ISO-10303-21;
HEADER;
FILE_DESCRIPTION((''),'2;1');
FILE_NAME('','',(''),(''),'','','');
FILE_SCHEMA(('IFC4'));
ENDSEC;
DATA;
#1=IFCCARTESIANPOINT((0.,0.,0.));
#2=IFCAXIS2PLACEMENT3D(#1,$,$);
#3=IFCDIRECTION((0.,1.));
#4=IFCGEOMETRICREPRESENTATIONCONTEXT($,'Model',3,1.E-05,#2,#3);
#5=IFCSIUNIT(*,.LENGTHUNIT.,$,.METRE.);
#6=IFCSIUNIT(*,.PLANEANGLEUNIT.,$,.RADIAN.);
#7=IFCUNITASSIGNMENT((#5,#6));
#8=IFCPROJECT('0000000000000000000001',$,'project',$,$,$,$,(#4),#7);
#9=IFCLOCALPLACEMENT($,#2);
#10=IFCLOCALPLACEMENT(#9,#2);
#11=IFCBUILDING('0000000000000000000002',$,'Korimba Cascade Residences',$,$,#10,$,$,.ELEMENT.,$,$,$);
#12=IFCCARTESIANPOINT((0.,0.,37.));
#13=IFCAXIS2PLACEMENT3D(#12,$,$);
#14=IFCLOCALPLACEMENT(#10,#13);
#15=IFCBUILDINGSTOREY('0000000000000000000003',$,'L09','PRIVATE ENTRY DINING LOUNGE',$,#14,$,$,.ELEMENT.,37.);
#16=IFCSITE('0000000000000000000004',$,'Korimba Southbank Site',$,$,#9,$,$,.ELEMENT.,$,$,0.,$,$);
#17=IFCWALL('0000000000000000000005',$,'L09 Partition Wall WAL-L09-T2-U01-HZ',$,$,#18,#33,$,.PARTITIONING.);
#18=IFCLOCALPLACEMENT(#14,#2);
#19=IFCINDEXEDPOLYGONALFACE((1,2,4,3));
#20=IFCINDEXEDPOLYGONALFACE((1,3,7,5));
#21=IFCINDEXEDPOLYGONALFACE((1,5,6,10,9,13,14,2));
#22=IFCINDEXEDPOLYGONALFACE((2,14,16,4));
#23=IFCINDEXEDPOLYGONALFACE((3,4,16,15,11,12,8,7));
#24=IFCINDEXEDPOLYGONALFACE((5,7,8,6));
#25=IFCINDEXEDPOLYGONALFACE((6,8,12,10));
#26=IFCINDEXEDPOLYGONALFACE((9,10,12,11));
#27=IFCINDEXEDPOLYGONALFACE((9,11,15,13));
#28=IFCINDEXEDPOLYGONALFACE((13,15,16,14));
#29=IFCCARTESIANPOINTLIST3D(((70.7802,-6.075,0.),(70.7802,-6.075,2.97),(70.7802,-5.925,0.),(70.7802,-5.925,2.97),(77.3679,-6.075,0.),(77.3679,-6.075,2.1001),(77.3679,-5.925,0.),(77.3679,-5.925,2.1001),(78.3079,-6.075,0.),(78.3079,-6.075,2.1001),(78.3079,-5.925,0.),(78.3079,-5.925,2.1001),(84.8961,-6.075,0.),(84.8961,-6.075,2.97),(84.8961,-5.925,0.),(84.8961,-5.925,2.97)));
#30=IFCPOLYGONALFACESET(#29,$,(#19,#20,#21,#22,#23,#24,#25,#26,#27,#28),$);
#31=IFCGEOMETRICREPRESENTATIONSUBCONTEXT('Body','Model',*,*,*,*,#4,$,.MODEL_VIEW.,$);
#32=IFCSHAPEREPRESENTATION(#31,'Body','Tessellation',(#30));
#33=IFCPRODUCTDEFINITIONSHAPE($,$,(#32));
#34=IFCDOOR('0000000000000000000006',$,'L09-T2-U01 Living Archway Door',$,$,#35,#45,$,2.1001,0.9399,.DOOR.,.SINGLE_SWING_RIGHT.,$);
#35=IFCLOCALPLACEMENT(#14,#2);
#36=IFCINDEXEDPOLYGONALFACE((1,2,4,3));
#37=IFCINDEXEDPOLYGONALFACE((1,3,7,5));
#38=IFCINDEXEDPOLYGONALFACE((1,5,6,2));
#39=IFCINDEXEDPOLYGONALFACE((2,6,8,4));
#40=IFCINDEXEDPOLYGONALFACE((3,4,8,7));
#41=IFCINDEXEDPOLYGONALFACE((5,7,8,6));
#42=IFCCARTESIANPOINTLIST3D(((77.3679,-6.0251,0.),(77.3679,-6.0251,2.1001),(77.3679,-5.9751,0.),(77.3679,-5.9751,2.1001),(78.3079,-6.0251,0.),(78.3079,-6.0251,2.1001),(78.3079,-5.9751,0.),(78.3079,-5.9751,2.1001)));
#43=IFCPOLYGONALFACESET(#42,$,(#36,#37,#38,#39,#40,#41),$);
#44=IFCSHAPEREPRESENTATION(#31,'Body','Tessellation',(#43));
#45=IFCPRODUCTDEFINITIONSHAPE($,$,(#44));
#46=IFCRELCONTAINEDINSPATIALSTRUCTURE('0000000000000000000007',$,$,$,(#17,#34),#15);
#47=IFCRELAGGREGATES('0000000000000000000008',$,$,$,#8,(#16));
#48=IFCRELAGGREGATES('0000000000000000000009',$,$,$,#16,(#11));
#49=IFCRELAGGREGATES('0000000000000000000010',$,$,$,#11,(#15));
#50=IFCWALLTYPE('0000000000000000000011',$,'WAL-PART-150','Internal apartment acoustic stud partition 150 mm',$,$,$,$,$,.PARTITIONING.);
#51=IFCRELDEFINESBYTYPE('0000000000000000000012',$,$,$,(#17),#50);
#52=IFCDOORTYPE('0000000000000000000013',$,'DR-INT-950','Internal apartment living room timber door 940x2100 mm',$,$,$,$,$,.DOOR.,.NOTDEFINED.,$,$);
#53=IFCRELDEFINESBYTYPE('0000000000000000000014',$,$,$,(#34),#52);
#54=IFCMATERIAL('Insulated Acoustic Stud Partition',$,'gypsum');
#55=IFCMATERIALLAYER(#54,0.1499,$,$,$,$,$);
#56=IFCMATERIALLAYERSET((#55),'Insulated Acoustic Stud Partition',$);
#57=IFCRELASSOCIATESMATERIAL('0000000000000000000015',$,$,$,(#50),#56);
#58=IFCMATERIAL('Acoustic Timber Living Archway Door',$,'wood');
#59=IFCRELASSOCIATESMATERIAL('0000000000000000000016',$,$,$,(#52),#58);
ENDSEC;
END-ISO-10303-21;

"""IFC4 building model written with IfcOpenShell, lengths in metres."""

from ifc_helpers import new_model, si_unit, direction, frame, frame_2d, origin, place, context, subcontext, project, spatial, rectangle, extrude, material, layer, layer_set, type_object, element, fill, save


model = new_model("IFC4")

# Units and contexts
model_context = context("Model", 3, precision=1e-05, world=origin(), true_north=direction((0.0, 1.0)))
body_context = subcontext(model_context, "Body", "Model", "MODEL_VIEW")
ifc_project = project(units=[si_unit("LENGTHUNIT", "METRE"), si_unit("PLANEANGLEUNIT", "RADIAN")], contexts=[model_context])

# Site, building, storey
site_placement = place(None, origin())
site = spatial("IfcSite", under=ifc_project, at=site_placement, Name="Korimba Southbank Site", CompositionType="ELEMENT", RefElevation=0.0)
building_placement = place(site_placement, origin())
building = spatial("IfcBuilding", under=site, at=building_placement, Name="Korimba Cascade Residences", CompositionType="ELEMENT")
storey_placement = place(building_placement, frame((0.0, 0.0, 37.0)))
storey = spatial("IfcBuildingStorey", under=building, at=storey_placement, Name="L09", Description="PRIVATE ENTRY DINING LOUNGE", CompositionType="ELEMENT", Elevation=37.0)

# Wall, opening, door
ifc_material_1 = material(Name="Insulated Acoustic Stud Partition", Category="gypsum")
ifc_layer_1 = layer(ifc_material_1, 0.1499)
ifc_layer_set_1 = layer_set([ifc_layer_1], Name="Insulated Acoustic Stud Partition")
wall_type_1 = type_object("IfcWallType", Name="WAL-PART-150", Description="Internal apartment acoustic stud partition 150 mm", PredefinedType="PARTITIONING", material=ifc_layer_set_1)
wall_1_placement = place(storey_placement, frame((70.78, -6.0, 0.0), z_axis=(0.0, 0.0, 1.0), x_axis=(1.0, 0.0, 0.0)))
wall_1 = element("IfcWall", 1, at=wall_1_placement, inside=storey, type_object=wall_type_1, Name="L09 Partition Wall WAL-L09-T2-U01-HZ", PredefinedType="PARTITIONING", context=body_context, shape_type="SweptSolid", body=[
    extrude(rectangle(XDim=14.116, YDim=0.1499, at=frame_2d((7.0581, 0.0))), origin(), (0.0, 0.0, 1.0), 2.97),
])
opening_1_placement = place(wall_1_placement, frame((6.5879, 0.0, 0.0)))
opening_1 = element("IfcOpeningElement", 2, at=opening_1_placement, cuts=wall_1, PredefinedType="OPENING", context=body_context, shape_type="SweptSolid", body=[
    extrude(rectangle(XDim=0.9399, YDim=2.1001, at=frame_2d((0.47, 1.05))), frame((0.0, 0.085, 0.0), z_axis=(0.0, -1.0, 0.0), x_axis=(1.0, 0.0, 0.0)), (0.0, 0.0, 1.0), 0.1699),
])
ifc_material_2 = material(Name="Acoustic Timber Living Archway Door", Category="wood")
door_type_1 = type_object("IfcDoorType", Name="DR-INT-950", Description="Internal apartment living room timber door 940x2100 mm", OperationType="NOTDEFINED", PredefinedType="DOOR", material=ifc_material_2)
door_1_placement = place(opening_1_placement, origin())
door_1 = element("IfcDoor", 3, at=door_1_placement, inside=storey, type_object=door_type_1, Name="L09-T2-U01 Living Archway Door", OperationType="SINGLE_SWING_RIGHT", OverallHeight=2.1001, OverallWidth=0.9399, PredefinedType="DOOR", context=body_context, shape_type="SweptSolid", body=[
    extrude(rectangle(XDim=0.9399, YDim=2.1001, at=frame_2d((0.47, 1.05))), frame((0.0, 0.0249, 0.0), z_axis=(0.0, -1.0, 0.0), x_axis=(1.0, 0.0, 0.0)), (0.0, 0.0, 1.0), 0.05),
])
fill(opening_1, door_1)

save(model, "model.ifc")
